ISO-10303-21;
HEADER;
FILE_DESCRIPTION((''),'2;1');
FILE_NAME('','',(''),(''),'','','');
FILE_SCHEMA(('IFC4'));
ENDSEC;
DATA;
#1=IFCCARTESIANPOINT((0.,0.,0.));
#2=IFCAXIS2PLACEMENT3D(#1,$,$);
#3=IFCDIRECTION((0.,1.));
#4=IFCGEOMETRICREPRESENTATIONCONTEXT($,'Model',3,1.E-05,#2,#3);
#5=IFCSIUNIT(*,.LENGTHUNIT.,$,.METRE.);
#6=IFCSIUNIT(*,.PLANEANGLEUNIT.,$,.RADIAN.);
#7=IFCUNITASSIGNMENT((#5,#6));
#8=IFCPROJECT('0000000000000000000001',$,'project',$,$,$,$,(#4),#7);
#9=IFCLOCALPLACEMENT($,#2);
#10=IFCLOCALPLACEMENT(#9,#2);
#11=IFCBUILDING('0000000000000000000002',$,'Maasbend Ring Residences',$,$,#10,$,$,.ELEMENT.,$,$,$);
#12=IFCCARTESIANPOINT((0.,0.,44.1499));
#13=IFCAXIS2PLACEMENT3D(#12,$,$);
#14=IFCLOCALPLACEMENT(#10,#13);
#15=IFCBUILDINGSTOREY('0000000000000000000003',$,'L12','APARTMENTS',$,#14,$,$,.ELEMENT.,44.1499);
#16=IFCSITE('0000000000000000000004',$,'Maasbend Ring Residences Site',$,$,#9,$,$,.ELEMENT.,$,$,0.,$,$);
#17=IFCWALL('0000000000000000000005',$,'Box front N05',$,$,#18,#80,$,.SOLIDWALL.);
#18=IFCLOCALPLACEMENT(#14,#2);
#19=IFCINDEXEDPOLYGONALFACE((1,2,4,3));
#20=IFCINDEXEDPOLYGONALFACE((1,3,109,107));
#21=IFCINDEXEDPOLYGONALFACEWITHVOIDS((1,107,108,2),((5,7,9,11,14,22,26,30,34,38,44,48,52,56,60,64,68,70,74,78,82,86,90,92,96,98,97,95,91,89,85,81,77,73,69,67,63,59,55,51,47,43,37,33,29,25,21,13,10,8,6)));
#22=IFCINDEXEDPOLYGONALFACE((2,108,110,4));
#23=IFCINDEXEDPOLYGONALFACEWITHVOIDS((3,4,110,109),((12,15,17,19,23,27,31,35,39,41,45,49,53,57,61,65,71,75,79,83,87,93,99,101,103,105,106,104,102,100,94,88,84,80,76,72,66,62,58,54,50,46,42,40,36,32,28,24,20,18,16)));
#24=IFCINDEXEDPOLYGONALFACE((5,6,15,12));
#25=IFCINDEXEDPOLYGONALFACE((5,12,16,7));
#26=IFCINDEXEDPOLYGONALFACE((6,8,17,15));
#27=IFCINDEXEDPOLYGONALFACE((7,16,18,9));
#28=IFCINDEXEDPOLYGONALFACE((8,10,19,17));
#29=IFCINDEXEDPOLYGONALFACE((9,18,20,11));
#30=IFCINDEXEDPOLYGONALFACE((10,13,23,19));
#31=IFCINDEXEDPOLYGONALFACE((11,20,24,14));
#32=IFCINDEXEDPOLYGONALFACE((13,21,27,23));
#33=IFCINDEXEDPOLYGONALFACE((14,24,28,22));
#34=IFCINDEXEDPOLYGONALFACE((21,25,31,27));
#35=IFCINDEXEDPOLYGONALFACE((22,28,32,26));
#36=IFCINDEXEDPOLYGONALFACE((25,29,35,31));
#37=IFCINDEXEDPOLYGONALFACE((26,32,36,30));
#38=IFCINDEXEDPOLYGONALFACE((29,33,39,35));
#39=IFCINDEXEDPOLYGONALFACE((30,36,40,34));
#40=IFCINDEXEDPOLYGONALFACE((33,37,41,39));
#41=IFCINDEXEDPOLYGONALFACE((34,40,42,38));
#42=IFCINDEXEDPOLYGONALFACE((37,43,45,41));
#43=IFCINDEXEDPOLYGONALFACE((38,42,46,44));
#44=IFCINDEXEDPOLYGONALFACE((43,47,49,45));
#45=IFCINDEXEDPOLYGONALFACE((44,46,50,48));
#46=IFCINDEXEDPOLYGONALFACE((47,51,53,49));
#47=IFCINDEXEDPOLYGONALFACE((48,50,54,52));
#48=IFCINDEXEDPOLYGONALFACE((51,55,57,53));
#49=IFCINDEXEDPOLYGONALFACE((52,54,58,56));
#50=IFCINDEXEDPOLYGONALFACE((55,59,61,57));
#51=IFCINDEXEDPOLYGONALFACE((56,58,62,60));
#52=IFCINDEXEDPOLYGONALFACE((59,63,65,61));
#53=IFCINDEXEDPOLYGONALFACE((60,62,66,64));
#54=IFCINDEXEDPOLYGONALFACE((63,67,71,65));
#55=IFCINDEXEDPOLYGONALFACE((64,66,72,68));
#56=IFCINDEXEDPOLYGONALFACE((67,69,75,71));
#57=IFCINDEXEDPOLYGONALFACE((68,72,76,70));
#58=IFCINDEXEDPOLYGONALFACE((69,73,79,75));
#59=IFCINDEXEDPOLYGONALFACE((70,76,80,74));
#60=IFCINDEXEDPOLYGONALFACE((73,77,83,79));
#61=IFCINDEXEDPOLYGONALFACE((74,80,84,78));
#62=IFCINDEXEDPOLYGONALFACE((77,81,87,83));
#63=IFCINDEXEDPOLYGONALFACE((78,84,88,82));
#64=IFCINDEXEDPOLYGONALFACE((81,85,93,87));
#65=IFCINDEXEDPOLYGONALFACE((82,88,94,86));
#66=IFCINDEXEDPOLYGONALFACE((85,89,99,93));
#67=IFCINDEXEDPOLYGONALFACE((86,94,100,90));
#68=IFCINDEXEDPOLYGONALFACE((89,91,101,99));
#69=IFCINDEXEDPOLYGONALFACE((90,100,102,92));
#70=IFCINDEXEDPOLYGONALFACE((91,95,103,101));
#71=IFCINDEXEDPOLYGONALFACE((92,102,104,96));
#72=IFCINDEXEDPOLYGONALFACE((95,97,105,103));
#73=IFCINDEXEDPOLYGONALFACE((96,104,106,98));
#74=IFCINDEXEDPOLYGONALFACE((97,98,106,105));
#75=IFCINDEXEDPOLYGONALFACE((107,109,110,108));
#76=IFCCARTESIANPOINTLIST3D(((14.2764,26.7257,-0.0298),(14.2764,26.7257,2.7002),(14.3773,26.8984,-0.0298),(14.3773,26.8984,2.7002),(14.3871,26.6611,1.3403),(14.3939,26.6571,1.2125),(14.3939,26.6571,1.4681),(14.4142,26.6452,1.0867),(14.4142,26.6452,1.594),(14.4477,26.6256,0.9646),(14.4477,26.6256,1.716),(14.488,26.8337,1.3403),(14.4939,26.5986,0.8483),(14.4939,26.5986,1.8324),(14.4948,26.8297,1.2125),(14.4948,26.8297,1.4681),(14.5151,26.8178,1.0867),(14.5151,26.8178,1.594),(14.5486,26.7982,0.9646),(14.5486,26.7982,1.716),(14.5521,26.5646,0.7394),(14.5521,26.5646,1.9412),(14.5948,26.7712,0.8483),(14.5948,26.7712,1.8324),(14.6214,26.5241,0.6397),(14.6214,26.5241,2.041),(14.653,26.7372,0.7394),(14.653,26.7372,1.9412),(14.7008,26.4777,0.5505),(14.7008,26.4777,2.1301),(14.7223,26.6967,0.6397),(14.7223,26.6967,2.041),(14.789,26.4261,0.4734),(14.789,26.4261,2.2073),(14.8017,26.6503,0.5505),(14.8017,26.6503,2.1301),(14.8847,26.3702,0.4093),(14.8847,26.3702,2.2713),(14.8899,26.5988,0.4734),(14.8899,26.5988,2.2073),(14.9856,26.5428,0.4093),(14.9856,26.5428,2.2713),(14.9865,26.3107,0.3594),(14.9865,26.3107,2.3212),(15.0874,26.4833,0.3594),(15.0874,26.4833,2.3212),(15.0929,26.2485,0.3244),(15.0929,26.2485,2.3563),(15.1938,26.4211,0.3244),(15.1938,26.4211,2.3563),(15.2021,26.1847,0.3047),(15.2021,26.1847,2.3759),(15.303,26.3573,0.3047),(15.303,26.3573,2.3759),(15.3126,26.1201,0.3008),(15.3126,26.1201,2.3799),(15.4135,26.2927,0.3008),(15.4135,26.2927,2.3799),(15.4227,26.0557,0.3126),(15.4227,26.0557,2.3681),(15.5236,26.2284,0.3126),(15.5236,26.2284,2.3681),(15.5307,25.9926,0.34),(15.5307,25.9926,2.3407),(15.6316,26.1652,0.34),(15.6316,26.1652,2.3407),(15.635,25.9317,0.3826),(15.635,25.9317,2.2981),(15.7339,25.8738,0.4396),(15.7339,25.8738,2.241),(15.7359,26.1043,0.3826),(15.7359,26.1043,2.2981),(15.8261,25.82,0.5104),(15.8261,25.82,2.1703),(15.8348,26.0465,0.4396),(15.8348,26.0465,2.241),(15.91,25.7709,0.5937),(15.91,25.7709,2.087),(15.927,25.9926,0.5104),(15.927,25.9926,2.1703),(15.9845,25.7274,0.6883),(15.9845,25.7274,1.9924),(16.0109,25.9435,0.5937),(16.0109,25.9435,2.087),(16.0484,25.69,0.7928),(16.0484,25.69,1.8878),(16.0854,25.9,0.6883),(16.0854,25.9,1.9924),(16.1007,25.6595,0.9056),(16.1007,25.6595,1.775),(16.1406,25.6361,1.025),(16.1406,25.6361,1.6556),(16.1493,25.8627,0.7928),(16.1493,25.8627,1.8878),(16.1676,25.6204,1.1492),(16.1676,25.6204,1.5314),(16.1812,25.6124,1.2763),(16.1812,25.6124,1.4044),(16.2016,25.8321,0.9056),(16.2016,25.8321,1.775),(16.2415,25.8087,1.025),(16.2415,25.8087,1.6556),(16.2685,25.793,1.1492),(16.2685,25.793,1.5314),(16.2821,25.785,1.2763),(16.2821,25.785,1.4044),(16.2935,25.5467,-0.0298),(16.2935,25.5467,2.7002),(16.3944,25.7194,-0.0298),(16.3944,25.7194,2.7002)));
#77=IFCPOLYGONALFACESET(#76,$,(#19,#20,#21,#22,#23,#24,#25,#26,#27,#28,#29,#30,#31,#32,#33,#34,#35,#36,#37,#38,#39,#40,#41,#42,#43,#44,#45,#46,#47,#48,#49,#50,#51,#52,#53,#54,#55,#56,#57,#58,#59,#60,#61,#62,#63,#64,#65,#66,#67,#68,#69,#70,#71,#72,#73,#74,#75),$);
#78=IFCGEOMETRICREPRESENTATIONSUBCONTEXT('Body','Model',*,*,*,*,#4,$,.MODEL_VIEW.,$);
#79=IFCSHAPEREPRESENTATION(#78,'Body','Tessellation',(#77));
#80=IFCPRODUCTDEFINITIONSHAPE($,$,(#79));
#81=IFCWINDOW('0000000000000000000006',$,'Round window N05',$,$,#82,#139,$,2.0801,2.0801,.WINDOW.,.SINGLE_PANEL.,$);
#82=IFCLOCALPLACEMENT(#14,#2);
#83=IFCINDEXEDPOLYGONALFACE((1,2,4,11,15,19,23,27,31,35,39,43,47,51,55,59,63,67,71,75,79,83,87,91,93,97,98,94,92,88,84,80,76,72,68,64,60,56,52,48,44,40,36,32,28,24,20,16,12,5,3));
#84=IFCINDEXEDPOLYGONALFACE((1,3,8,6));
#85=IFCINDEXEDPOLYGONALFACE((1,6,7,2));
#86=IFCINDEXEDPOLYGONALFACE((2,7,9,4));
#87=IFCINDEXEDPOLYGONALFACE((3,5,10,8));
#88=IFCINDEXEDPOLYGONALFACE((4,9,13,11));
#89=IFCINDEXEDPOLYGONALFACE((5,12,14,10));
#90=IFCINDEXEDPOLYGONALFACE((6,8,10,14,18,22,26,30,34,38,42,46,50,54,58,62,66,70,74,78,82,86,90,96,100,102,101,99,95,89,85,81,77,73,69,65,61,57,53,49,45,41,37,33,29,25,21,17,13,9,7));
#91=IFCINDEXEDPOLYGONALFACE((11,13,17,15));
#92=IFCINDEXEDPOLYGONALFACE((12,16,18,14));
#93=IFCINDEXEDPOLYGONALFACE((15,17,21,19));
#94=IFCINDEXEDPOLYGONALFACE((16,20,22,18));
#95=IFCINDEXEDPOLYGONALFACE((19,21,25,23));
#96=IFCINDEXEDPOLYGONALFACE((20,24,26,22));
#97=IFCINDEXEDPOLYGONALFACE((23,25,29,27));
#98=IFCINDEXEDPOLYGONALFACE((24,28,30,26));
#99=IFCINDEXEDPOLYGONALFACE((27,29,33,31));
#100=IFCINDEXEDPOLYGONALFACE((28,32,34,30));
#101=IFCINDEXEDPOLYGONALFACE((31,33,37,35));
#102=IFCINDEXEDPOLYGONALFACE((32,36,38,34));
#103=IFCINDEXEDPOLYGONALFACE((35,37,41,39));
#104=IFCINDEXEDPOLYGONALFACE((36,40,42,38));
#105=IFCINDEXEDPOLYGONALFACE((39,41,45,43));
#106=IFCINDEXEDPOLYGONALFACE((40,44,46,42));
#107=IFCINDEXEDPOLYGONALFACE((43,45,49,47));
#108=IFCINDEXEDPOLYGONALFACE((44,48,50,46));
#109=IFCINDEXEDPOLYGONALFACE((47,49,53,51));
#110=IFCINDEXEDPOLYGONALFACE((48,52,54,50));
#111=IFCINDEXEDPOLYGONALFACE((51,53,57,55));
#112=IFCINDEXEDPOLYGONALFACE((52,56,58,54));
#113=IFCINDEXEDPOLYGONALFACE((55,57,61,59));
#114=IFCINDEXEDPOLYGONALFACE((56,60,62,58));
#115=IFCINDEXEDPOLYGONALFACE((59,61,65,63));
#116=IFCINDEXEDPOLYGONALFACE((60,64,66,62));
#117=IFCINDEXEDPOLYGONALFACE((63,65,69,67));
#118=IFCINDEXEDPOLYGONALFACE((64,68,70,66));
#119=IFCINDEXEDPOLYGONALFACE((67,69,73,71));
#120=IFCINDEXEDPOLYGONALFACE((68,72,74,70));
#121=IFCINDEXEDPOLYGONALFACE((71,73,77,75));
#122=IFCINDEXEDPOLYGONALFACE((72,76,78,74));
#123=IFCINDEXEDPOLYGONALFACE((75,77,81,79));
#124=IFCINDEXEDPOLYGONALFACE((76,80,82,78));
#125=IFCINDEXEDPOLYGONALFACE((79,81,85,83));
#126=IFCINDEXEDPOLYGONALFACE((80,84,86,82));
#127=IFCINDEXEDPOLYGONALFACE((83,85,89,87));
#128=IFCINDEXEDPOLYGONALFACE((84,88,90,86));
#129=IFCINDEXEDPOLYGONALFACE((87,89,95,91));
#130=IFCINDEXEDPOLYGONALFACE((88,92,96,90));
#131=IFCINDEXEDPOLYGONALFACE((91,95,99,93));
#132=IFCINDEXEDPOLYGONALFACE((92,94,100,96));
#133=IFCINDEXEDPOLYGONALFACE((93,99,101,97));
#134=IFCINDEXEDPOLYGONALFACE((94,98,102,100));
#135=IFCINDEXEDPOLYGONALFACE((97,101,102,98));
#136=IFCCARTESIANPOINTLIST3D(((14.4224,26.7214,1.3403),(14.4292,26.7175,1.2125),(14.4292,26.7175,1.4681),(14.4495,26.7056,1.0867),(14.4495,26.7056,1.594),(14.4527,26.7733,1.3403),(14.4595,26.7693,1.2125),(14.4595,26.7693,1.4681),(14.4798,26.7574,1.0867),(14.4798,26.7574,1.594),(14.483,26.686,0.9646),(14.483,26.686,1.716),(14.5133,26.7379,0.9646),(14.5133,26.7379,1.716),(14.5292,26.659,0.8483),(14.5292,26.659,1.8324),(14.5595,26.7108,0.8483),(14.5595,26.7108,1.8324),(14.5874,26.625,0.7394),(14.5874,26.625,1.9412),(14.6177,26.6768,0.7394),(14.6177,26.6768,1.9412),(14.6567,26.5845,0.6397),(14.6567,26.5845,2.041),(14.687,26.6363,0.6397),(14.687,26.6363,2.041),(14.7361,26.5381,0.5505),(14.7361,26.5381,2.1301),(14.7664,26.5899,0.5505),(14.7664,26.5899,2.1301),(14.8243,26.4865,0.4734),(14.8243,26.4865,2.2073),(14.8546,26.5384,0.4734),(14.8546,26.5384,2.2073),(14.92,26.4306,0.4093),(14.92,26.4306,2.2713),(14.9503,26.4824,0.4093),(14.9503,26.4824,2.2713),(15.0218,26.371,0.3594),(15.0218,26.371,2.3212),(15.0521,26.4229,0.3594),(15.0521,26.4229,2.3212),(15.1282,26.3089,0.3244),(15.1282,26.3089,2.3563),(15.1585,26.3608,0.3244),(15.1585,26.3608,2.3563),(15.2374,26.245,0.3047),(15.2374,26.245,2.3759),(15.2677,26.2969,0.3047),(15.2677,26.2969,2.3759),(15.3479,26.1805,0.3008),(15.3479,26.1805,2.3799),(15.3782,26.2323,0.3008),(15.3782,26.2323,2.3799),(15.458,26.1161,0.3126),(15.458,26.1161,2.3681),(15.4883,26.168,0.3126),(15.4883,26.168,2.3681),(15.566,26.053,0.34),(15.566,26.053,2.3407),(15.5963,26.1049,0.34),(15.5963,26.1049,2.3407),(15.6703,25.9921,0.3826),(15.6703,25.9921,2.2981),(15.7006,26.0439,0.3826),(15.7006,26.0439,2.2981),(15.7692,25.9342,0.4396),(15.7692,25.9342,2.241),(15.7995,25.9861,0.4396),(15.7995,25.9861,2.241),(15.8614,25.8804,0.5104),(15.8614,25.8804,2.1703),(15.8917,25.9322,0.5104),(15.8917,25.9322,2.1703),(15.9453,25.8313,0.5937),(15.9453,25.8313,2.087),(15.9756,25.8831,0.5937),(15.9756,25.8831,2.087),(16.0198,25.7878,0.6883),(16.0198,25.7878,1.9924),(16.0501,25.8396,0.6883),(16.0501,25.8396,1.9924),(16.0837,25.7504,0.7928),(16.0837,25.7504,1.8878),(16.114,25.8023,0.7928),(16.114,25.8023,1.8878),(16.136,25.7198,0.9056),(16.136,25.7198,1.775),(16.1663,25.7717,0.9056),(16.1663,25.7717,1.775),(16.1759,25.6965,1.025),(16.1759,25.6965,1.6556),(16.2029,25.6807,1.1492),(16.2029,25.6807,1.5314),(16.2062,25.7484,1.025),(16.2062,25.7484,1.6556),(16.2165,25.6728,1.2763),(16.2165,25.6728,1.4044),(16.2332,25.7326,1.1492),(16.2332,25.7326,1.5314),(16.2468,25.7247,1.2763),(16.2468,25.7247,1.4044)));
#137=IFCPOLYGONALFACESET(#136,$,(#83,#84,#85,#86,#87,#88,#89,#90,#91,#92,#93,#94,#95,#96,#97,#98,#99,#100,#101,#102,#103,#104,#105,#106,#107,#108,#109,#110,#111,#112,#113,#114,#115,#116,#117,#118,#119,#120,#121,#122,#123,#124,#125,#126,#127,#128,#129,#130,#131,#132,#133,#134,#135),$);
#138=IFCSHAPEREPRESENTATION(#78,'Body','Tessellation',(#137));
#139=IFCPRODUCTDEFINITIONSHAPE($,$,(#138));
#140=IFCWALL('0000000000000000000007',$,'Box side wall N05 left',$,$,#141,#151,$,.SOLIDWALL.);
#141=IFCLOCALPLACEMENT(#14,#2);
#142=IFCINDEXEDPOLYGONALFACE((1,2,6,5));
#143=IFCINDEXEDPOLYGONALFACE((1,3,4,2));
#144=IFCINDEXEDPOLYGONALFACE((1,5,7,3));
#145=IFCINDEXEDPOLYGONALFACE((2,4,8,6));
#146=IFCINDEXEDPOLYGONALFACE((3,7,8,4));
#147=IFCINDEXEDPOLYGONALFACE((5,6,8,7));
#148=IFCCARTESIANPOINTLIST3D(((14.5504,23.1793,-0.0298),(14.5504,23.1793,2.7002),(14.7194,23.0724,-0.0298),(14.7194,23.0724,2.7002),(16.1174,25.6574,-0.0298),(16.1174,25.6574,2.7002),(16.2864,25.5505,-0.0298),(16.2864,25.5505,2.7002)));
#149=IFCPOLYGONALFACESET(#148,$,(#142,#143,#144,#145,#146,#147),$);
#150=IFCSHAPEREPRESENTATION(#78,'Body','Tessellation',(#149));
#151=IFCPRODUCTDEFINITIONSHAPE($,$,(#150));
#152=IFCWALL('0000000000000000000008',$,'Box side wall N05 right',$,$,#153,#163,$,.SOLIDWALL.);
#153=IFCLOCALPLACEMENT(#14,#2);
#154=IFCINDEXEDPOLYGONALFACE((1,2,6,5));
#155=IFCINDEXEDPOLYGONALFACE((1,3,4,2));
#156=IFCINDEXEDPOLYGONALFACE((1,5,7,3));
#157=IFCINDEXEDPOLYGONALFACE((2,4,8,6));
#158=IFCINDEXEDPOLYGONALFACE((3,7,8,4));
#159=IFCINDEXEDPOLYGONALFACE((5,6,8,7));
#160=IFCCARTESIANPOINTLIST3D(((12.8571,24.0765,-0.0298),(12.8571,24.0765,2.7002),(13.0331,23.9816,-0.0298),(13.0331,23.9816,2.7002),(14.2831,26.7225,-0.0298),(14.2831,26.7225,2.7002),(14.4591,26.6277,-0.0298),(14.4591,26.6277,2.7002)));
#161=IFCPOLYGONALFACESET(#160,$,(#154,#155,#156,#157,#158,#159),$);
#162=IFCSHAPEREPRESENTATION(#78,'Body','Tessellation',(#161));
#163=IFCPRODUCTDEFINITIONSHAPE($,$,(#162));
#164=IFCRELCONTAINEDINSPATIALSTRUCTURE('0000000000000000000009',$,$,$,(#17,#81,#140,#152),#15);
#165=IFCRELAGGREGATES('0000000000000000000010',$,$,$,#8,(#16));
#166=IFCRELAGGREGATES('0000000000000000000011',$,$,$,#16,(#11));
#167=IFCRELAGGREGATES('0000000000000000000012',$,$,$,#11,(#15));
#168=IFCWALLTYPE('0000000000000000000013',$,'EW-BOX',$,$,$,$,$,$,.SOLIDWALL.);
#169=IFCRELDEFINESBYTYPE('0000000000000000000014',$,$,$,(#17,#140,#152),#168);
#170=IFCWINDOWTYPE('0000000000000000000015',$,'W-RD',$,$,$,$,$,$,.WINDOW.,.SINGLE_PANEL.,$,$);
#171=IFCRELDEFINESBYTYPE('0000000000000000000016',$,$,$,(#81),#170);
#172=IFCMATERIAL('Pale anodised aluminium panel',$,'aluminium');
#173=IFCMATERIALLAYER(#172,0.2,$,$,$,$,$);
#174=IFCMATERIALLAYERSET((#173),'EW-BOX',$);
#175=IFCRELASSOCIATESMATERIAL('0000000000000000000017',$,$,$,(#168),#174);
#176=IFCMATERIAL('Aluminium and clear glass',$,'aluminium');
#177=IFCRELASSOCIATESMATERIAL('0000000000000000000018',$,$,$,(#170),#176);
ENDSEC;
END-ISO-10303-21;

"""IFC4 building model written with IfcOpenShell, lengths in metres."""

from ifc_helpers import new_model, si_unit, direction, frame, frame_2d, origin, place, context, subcontext, project, spatial, rectangle, circle, extrude, material, layer, layer_set, type_object, element, fill, save


model = new_model("IFC4")

# Units and contexts
model_context = context("Model", 3, precision=1e-05, world=origin(), true_north=direction((0.0, 1.0)))
body_context = subcontext(model_context, "Body", "Model", "MODEL_VIEW")
ifc_project = project(units=[si_unit("LENGTHUNIT", "METRE"), si_unit("PLANEANGLEUNIT", "RADIAN")], contexts=[model_context])

# Site, building, storey
site_placement = place(None, origin())
site = spatial("IfcSite", under=ifc_project, at=site_placement, Name="Maasbend Ring Residences Site", CompositionType="ELEMENT", RefElevation=0.0)
building_placement = place(site_placement, origin())
building = spatial("IfcBuilding", under=site, at=building_placement, Name="Maasbend Ring Residences", CompositionType="ELEMENT")
storey_placement = place(building_placement, frame((0.0, 0.0, 44.1499)))
storey = spatial("IfcBuildingStorey", under=building, at=storey_placement, Name="L12", Description="APARTMENTS", CompositionType="ELEMENT", Elevation=44.1499)

# Shared definitions
ifc_material_1 = material(Name="Pale anodised aluminium panel", Category="aluminium")
ifc_layer_1 = layer(ifc_material_1, 0.2)
ifc_layer_set_1 = layer_set([ifc_layer_1], Name="EW-BOX")
wall_type_1 = type_object("IfcWallType", Name="EW-BOX", PredefinedType="SOLIDWALL", material=ifc_layer_set_1)
ifc_material_2 = material(Name="Aluminium and clear glass", Category="aluminium")
window_type_1 = type_object("IfcWindowType", Name="W-RD", PartitioningType="SINGLE_PANEL", PredefinedType="WINDOW", material=ifc_material_2)

# Wall, opening, window
wall_1_placement = place(storey_placement, frame((16.344, 25.6331, -0.0298), z_axis=(0.0, 0.0, 1.0), x_axis=(-0.863347, 0.504612, 0.0)))
wall_1 = element("IfcWall", 1, at=wall_1_placement, inside=storey, type_object=wall_type_1, Name="Box front N05", PredefinedType="SOLIDWALL", context=body_context, shape_type="SweptSolid", body=[
    extrude(rectangle(XDim=2.3364, YDim=0.2, at=frame_2d((1.1682, 0.0))), origin(), (0.0, 0.0, 1.0), 2.73),
])
opening_1_placement = place(wall_1_placement, frame((0.1282, 0.0, 0.3301)))
opening_1 = element("IfcOpeningElement", 2, at=opening_1_placement, cuts=wall_1, PredefinedType="OPENING", context=body_context, shape_type="SweptSolid", body=[
    extrude(circle(Radius=1.04, at=frame_2d((1.04, 1.04))), frame((0.0, 0.1099, 0.0), z_axis=(0.0, -1.0, 0.0), x_axis=(1.0, 0.0, 0.0)), (0.0, 0.0, 1.0), 0.22),
])
window_1_placement = place(opening_1_placement, origin())
window_1 = element("IfcWindow", 3, at=window_1_placement, inside=storey, type_object=window_type_1, Name="Round window N05", OverallHeight=2.0801, OverallWidth=2.0801, PartitioningType="SINGLE_PANEL", PredefinedType="WINDOW", context=body_context, shape_type="SweptSolid", body=[
    extrude(circle(Radius=1.04, at=frame_2d((1.04, 1.04))), frame((0.0, 0.03, 0.0), z_axis=(0.0, -1.0, 0.0), x_axis=(1.0, 0.0, 0.0)), (0.0, 0.0, 1.0), 0.0601),
])
fill(opening_1, window_1)

# Walls
wall_2_placement = place(storey_placement, frame((14.635, 23.126, -0.0298), z_axis=(0.0, 0.0, 1.0), x_axis=(0.534438, 0.845208, 0.0)))
element("IfcWall", 4, at=wall_2_placement, inside=storey, type_object=wall_type_1, Name="Box side wall N05 left", PredefinedType="SOLIDWALL", context=body_context, shape_type="SweptSolid", body=[
    extrude(rectangle(XDim=2.9319, YDim=0.2, at=frame_2d((1.4658, 0.0))), origin(), (0.0, 0.0, 1.0), 2.73),
])
wall_3_placement = place(storey_placement, frame((12.9451, 24.0291, -0.0298), z_axis=(0.0, 0.0, 1.0), x_axis=(0.474424, 0.880296, 0.0)))
element("IfcWall", 5, at=wall_3_placement, inside=storey, type_object=wall_type_1, Name="Box side wall N05 right", PredefinedType="SOLIDWALL", context=body_context, shape_type="SweptSolid", body=[
    extrude(rectangle(XDim=3.0059, YDim=0.2, at=frame_2d((1.5029, 0.0))), origin(), (0.0, 0.0, 1.0), 2.73),
])

save(model, "model.ifc")
